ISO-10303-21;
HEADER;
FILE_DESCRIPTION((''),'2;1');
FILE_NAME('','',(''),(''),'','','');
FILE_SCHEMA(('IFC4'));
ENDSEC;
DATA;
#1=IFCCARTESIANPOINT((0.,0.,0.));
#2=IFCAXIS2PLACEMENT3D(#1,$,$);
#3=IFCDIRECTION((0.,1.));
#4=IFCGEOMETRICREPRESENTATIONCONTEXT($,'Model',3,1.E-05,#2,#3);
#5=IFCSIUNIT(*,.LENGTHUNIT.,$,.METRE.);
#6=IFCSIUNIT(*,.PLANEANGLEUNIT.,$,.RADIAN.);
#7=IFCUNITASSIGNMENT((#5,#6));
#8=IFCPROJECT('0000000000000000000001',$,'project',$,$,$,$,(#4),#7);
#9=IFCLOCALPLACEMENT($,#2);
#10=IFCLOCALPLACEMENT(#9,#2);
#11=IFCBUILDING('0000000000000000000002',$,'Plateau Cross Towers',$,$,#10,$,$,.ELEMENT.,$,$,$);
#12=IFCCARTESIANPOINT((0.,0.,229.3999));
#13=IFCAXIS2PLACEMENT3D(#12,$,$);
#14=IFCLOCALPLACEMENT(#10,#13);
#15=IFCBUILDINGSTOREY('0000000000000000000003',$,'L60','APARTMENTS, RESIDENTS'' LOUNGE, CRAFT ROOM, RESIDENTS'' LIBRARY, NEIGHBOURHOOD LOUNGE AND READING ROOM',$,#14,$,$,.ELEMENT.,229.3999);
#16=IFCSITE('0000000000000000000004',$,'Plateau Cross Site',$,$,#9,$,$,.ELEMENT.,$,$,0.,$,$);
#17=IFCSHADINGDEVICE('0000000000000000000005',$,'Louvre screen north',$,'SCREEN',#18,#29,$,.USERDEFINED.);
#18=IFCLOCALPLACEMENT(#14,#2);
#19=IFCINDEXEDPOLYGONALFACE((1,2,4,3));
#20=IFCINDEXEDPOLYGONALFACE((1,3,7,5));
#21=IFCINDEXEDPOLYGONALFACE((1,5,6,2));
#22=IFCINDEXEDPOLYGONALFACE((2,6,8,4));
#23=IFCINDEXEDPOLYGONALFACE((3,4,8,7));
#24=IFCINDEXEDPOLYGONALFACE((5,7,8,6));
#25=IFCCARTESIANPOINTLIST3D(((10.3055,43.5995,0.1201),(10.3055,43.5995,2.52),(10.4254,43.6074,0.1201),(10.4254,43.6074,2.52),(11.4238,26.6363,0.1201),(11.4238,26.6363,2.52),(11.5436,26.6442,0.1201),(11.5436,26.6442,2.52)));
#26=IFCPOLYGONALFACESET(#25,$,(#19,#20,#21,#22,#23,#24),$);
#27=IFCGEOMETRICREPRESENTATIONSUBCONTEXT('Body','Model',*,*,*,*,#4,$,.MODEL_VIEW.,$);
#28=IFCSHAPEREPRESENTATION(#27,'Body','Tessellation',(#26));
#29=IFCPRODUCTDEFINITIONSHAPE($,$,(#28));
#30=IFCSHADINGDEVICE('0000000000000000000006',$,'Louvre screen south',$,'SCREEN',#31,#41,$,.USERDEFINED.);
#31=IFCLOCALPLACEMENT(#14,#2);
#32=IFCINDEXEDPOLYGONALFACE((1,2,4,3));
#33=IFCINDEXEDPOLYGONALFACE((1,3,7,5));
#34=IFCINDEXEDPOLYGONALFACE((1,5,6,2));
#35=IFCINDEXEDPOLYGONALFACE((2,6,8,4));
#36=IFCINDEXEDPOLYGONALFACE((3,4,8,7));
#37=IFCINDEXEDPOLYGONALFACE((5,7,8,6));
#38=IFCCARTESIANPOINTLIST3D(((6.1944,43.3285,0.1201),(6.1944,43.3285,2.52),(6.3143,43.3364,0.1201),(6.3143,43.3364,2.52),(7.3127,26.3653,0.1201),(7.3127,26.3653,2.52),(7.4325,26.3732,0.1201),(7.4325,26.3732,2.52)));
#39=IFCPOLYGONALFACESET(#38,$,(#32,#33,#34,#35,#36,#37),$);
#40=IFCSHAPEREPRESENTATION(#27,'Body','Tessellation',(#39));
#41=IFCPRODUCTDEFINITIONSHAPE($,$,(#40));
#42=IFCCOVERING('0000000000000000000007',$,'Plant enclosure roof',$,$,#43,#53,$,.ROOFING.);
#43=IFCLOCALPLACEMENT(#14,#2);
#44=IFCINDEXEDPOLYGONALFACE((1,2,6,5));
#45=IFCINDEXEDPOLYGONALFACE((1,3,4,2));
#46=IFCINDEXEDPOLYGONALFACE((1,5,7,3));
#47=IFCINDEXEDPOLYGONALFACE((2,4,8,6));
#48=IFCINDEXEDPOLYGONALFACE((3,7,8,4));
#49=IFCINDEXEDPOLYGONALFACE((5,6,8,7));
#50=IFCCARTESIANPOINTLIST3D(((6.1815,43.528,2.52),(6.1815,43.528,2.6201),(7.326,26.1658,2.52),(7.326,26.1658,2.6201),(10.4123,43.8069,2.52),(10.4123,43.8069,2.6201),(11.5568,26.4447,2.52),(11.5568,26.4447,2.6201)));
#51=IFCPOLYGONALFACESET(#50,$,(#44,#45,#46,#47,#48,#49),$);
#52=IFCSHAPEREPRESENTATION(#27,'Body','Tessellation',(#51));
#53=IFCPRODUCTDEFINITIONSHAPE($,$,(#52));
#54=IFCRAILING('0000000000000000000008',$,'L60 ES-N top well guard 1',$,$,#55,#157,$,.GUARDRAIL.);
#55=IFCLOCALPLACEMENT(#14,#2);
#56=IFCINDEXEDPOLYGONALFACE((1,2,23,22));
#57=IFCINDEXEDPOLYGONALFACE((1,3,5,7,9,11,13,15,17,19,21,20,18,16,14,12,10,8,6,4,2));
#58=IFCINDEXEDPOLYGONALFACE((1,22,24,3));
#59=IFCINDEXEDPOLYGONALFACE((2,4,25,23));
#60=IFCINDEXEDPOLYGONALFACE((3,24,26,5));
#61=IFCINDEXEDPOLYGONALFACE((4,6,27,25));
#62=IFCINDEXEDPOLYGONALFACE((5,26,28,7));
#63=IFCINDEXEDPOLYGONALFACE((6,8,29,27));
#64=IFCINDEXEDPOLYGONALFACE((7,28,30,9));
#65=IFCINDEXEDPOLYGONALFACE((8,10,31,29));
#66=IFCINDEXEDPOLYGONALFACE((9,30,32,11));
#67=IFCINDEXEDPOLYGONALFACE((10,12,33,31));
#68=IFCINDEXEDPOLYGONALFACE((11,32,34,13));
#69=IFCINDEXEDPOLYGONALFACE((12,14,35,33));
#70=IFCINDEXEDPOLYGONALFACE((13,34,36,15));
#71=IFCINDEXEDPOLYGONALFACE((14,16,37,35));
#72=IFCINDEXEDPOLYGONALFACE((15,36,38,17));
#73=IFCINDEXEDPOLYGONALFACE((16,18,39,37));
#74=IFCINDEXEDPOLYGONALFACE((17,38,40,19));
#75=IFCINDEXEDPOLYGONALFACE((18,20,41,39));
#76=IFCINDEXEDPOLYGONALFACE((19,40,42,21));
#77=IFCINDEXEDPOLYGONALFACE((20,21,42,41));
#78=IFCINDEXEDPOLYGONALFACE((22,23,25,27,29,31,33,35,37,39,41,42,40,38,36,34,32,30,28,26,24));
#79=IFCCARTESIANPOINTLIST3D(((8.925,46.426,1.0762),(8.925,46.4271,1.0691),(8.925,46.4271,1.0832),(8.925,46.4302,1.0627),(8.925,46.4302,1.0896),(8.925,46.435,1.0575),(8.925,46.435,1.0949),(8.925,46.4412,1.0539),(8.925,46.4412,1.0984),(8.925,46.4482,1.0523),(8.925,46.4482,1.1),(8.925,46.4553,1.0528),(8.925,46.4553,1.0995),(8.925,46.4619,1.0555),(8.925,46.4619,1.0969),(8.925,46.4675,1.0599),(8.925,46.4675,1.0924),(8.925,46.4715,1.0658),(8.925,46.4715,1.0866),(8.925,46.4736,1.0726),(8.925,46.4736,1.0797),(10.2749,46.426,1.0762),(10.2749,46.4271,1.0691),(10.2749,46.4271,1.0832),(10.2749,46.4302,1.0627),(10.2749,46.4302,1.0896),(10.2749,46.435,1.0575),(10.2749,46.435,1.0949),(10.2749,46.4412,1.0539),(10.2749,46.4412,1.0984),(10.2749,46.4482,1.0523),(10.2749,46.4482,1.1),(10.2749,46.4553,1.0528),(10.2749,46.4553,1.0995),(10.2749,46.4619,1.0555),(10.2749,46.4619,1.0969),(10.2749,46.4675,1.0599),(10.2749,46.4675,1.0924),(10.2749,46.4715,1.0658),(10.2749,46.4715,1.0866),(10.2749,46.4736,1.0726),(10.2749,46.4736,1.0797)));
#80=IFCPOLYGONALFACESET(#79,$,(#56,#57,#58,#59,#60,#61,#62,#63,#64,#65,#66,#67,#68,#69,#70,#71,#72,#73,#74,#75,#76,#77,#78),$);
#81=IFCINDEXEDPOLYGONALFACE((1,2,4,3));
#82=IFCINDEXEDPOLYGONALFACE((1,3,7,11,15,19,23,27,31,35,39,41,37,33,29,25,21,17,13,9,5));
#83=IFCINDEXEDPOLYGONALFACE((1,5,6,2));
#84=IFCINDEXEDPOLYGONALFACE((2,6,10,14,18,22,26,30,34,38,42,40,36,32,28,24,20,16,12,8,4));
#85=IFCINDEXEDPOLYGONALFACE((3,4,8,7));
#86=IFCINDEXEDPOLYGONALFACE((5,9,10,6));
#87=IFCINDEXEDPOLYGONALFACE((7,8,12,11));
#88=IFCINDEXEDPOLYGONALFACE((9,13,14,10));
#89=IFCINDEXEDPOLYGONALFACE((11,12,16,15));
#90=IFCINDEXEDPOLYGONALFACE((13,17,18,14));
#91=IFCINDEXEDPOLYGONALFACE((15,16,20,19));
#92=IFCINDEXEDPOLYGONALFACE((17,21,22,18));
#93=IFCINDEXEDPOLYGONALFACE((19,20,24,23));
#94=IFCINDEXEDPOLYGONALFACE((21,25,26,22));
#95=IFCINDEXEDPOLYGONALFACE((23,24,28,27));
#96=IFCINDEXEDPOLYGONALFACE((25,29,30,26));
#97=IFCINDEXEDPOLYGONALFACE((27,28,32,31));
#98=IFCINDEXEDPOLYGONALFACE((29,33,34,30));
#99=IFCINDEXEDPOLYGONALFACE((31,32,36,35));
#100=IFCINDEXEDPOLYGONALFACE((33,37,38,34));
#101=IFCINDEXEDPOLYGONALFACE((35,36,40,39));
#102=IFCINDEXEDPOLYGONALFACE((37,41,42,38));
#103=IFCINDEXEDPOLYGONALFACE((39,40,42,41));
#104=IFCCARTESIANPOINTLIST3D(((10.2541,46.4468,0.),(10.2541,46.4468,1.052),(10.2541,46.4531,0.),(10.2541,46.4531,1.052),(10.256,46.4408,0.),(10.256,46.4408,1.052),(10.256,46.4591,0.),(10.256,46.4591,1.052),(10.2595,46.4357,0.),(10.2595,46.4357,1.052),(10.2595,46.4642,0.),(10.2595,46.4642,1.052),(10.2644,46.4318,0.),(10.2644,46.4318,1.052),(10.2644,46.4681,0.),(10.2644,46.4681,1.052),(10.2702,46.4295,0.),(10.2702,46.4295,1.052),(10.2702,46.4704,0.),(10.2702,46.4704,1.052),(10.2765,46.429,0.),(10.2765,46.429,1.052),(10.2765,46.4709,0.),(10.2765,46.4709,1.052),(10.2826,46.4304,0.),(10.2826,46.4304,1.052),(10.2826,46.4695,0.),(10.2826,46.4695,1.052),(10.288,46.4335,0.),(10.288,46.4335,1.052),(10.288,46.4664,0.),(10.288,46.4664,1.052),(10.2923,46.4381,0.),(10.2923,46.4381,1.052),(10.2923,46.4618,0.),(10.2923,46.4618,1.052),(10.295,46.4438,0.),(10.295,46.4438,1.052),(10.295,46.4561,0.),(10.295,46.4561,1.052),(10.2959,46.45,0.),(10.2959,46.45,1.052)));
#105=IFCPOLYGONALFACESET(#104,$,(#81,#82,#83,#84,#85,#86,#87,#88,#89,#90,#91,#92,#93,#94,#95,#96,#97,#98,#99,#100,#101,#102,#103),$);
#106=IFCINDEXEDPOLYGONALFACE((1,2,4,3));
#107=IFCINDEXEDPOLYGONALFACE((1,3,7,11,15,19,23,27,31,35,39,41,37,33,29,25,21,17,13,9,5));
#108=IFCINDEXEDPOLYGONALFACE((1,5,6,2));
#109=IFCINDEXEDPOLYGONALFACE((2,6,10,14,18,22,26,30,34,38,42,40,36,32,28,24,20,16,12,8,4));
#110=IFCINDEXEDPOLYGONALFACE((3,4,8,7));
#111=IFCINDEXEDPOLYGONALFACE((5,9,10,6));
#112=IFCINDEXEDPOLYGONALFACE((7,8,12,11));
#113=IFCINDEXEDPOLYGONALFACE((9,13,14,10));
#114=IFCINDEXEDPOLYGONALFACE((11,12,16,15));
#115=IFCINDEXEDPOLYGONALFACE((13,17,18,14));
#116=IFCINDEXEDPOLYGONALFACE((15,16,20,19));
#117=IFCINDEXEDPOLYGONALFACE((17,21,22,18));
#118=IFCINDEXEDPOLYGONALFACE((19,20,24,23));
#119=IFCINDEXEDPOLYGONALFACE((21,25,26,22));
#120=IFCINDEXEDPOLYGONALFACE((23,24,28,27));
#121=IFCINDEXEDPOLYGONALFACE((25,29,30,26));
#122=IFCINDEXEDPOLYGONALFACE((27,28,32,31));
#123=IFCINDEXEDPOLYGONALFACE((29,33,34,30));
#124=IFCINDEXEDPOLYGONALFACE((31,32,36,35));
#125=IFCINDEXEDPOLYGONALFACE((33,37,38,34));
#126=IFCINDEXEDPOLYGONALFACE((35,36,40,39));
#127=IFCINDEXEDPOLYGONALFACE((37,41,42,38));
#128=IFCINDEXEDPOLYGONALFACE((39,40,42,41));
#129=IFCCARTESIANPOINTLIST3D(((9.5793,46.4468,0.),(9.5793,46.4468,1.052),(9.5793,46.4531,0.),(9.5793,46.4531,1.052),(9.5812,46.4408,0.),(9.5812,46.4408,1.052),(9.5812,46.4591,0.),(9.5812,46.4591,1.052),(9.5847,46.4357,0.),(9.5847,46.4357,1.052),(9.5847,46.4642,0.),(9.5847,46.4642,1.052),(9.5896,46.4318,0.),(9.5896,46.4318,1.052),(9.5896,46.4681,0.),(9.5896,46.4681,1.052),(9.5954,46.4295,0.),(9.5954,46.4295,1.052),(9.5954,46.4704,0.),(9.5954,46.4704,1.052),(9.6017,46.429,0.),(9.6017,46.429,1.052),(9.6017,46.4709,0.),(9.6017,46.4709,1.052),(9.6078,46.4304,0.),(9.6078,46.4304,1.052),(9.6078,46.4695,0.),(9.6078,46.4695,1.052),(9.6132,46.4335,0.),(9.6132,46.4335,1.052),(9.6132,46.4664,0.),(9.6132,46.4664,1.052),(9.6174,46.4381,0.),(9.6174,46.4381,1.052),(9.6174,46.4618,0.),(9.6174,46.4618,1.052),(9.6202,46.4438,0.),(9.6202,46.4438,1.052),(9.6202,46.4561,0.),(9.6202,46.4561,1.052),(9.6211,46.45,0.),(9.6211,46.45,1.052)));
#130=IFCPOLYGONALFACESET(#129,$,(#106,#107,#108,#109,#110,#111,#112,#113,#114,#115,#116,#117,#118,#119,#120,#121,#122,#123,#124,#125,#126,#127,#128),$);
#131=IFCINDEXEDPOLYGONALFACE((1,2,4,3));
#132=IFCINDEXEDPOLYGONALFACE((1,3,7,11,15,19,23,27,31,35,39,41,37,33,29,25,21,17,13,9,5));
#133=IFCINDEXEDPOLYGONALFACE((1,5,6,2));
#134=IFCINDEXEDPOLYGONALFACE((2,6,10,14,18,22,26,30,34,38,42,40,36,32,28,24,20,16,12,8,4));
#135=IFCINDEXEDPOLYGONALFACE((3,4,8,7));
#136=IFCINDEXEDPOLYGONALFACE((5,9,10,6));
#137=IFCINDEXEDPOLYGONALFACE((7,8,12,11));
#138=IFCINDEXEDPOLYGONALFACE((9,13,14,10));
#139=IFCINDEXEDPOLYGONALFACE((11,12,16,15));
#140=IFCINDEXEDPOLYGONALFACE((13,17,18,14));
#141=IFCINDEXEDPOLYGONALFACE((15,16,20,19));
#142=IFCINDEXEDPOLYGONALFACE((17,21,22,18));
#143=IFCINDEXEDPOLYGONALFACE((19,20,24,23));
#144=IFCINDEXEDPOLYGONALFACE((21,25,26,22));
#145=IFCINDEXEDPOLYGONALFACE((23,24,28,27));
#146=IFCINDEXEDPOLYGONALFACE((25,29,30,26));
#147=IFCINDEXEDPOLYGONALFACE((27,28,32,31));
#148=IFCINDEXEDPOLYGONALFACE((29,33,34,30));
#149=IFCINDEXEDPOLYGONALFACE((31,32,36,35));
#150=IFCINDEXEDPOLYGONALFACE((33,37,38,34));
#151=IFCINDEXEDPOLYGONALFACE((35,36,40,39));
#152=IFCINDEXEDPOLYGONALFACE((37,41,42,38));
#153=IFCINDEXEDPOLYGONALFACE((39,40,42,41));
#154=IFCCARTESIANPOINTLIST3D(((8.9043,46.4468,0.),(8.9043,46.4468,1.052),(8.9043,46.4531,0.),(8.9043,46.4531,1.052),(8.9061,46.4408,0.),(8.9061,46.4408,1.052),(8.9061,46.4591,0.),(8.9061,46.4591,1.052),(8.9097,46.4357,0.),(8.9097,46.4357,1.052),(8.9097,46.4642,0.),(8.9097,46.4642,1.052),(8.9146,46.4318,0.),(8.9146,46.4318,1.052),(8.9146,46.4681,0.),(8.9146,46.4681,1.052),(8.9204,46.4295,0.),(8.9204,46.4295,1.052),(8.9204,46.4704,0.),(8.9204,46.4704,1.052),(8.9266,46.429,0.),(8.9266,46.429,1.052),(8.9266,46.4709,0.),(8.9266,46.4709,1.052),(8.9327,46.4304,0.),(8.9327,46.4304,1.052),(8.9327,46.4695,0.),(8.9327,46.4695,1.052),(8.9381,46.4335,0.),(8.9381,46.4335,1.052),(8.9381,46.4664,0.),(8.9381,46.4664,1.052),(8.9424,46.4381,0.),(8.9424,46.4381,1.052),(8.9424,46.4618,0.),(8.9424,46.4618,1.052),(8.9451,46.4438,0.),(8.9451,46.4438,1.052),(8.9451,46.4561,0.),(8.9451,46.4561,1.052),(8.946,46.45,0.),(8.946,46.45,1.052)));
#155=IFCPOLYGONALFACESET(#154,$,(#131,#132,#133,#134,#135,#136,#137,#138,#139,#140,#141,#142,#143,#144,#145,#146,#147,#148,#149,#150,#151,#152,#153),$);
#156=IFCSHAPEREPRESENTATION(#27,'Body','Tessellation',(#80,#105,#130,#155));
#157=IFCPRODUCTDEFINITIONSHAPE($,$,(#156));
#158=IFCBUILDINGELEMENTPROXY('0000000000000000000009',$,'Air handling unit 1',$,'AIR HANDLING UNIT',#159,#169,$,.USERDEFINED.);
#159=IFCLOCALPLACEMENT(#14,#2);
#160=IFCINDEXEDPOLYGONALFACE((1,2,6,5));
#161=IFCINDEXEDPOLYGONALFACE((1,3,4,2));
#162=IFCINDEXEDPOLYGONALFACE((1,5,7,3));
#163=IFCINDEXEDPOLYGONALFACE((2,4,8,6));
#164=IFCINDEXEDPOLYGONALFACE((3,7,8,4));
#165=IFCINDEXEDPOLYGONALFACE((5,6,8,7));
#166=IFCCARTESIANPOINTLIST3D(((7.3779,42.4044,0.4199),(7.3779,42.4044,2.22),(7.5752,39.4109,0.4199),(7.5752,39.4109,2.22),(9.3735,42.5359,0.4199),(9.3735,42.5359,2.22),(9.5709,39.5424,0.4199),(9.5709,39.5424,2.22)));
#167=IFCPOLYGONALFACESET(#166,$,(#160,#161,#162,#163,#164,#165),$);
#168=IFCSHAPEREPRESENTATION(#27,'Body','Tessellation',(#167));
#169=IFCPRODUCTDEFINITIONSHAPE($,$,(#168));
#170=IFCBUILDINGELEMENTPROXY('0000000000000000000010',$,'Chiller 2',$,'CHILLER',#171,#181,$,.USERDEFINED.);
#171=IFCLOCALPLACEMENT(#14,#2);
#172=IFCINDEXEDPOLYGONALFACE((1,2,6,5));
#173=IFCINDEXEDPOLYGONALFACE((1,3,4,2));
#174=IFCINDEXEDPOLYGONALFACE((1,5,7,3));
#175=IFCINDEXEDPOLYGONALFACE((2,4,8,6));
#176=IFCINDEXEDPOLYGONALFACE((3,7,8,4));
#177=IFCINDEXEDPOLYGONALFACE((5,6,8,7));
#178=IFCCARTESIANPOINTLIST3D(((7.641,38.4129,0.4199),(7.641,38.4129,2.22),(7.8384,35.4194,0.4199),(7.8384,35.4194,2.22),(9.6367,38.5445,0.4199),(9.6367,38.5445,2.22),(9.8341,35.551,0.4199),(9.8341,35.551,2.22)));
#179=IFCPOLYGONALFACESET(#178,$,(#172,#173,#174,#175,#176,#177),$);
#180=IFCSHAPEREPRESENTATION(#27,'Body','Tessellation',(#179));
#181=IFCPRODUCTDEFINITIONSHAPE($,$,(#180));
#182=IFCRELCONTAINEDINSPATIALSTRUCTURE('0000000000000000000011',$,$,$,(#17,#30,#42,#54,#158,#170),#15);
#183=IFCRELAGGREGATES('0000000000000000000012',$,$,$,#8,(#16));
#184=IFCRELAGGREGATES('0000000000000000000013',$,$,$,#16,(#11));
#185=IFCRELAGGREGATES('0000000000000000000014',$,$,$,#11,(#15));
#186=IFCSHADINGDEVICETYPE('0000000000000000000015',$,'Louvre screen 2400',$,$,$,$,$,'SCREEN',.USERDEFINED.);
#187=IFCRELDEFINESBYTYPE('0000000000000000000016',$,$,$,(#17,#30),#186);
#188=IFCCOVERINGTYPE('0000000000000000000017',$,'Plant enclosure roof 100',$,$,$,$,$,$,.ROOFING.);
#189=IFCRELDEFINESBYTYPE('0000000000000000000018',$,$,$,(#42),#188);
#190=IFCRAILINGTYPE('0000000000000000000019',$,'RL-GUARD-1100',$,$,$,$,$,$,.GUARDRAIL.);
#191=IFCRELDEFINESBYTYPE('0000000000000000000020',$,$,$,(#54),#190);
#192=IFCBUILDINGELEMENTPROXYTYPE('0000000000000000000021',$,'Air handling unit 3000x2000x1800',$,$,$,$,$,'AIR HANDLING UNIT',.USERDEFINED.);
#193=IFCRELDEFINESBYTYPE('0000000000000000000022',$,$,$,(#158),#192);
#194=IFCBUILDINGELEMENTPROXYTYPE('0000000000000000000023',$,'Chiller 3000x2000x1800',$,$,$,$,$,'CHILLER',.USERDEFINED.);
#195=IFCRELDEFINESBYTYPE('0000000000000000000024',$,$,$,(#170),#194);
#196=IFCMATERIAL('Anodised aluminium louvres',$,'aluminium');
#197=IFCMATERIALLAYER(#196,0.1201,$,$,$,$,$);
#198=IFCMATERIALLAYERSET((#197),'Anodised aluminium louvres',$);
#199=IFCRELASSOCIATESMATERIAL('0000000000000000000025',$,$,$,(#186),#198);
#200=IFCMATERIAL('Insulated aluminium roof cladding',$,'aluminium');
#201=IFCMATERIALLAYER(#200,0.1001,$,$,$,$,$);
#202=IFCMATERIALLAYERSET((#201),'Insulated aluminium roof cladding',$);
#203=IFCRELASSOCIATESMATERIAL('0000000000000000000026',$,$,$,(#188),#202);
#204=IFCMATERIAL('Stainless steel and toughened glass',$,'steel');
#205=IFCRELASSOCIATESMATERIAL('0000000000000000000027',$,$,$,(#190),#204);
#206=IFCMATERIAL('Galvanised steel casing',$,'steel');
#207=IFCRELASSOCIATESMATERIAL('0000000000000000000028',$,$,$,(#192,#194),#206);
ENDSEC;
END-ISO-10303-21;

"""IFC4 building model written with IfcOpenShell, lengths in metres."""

from ifc_helpers import new_model, si_unit, direction, frame, origin, origin_2d, place, context, subcontext, project, spatial, rectangle, circle, extrude, material, layer, layer_set, type_object, element, save


model = new_model("IFC4")

# Units and contexts
model_context = context("Model", 3, precision=1e-05, world=origin(), true_north=direction((0.0, 1.0)))
body_context = subcontext(model_context, "Body", "Model", "MODEL_VIEW")
ifc_project = project(units=[si_unit("LENGTHUNIT", "METRE"), si_unit("PLANEANGLEUNIT", "RADIAN")], contexts=[model_context])

# Site, building, storey
site_placement = place(None, origin())
site = spatial("IfcSite", under=ifc_project, at=site_placement, Name="Plateau Cross Site", CompositionType="ELEMENT", RefElevation=0.0)
building_placement = place(site_placement, origin())
building = spatial("IfcBuilding", under=site, at=building_placement, Name="Plateau Cross Towers", CompositionType="ELEMENT")
storey_placement = place(building_placement, frame((0.0, 0.0, 229.3999)))
storey = spatial("IfcBuildingStorey", under=building, at=storey_placement, Name="L60", Description="APARTMENTS, RESIDENTS' LOUNGE, CRAFT ROOM, RESIDENTS' LIBRARY, NEIGHBOURHOOD LOUNGE AND READING ROOM", CompositionType="ELEMENT", Elevation=229.3999)

# Shading devices
ifc_material_1 = material(Name="Anodised aluminium louvres", Category="aluminium")
ifc_layer_1 = layer(ifc_material_1, 0.1201)
ifc_layer_set_1 = layer_set([ifc_layer_1], Name="Anodised aluminium louvres")
shading_device_type = type_object("IfcShadingDeviceType", Name="Louvre screen 2400", ElementType="SCREEN", PredefinedType="USERDEFINED", material=ifc_layer_set_1)
for number, where, z_axis, x_axis, name in (
    (1, (10.9246, 35.1218, 0.1201), (0.0, 0.0, 1.0), (0.06578, -0.997834, 0.0), "Louvre screen north"),
    (2, (6.8135, 34.8508, 0.1201), (0.0, 0.0, 1.0), (0.06578, -0.997834, 0.0), "Louvre screen south"),
):
    element("IfcShadingDevice", number, at=place(storey_placement, frame(where, z_axis=z_axis, x_axis=x_axis)), inside=storey, type_object=shading_device_type, Name=name, ObjectType="SCREEN", PredefinedType="USERDEFINED", context=body_context, shape_type="SweptSolid", body=[
        extrude(rectangle(XDim=17.0, YDim=0.1201, at=origin_2d()), origin(), (0.0, 0.0, 1.0), 2.3999),
    ])

# Covering
ifc_material_2 = material(Name="Insulated aluminium roof cladding", Category="aluminium")
ifc_layer_2 = layer(ifc_material_2, 0.1001)
ifc_layer_set_2 = layer_set([ifc_layer_2], Name="Insulated aluminium roof cladding")
covering_type = type_object("IfcCoveringType", Name="Plant enclosure roof 100", PredefinedType="ROOFING", material=ifc_layer_set_2)
covering_placement = place(storey_placement, frame((8.8691, 34.9863, 2.52), z_axis=(0.0, 0.0, 1.0), x_axis=(0.06578, -0.997834, 0.0)))
element("IfcCovering", 3, at=covering_placement, inside=storey, type_object=covering_type, Name="Plant enclosure roof", PredefinedType="ROOFING", context=body_context, shape_type="SweptSolid", body=[
    extrude(rectangle(XDim=17.3999, YDim=4.24, at=origin_2d()), origin(), (0.0, 0.0, 1.0), 0.1001),
])

# Railing
ifc_material_3 = material(Name="Stainless steel and toughened glass", Category="steel")
railing_type = type_object("IfcRailingType", Name="RL-GUARD-1100", PredefinedType="GUARDRAIL", material=ifc_material_3)
railing_placement = place(storey_placement, frame((10.2749, 46.45, 0.0)))
element("IfcRailing", 4, at=railing_placement, inside=storey, type_object=railing_type, Name="L60 ES-N top well guard 1", PredefinedType="GUARDRAIL", context=body_context, shape_type="SweptSolid", body=[
    extrude(circle(Radius=0.0239, at=origin_2d()), frame((0.0, 0.0, 1.0762), z_axis=(-1.0, 0.0, 0.0), x_axis=(0.0, -1.0, 0.0)), (0.0, 0.0, 1.0), 1.3499),
    extrude(circle(Radius=0.021, at=origin_2d()), origin(), (0.0, 0.0, 1.0), 1.052),
    extrude(circle(Radius=0.021, at=origin_2d()), frame((-0.6748, 0.0, 0.0)), (0.0, 0.0, 1.0), 1.052),
    extrude(circle(Radius=0.021, at=origin_2d()), frame((-1.3499, 0.0, 0.0)), (0.0, 0.0, 1.0), 1.052),
])

# Building element proxies
ifc_material_4 = material(Name="Galvanised steel casing", Category="steel")
building_element_proxy_type_1 = type_object("IfcBuildingElementProxyType", Name="Air handling unit 3000x2000x1800", ElementType="AIR HANDLING UNIT", PredefinedType="USERDEFINED", material=ifc_material_4)
proxy_1_placement = place(storey_placement, frame((8.4744, 40.9734, 0.4199), z_axis=(0.0, 0.0, 1.0), x_axis=(0.06578, -0.997834, 0.0)))
element("IfcBuildingElementProxy", 5, at=proxy_1_placement, inside=storey, type_object=building_element_proxy_type_1, Name="Air handling unit 1", ObjectType="AIR HANDLING UNIT", PredefinedType="USERDEFINED", context=body_context, shape_type="SweptSolid", body=[
    extrude(rectangle(XDim=3.0, YDim=2.0, at=origin_2d()), origin(), (0.0, 0.0, 1.0), 1.8),
])
building_element_proxy_type_2 = type_object("IfcBuildingElementProxyType", Name="Chiller 3000x2000x1800", ElementType="CHILLER", PredefinedType="USERDEFINED", material=ifc_material_4)
proxy_2_placement = place(storey_placement, frame((8.7375, 36.9819, 0.4199), z_axis=(0.0, 0.0, 1.0), x_axis=(0.06578, -0.997834, 0.0)))
element("IfcBuildingElementProxy", 6, at=proxy_2_placement, inside=storey, type_object=building_element_proxy_type_2, Name="Chiller 2", ObjectType="CHILLER", PredefinedType="USERDEFINED", context=body_context, shape_type="SweptSolid", body=[
    extrude(rectangle(XDim=3.0, YDim=2.0, at=origin_2d()), origin(), (0.0, 0.0, 1.0), 1.8),
])

save(model, "model.ifc")
